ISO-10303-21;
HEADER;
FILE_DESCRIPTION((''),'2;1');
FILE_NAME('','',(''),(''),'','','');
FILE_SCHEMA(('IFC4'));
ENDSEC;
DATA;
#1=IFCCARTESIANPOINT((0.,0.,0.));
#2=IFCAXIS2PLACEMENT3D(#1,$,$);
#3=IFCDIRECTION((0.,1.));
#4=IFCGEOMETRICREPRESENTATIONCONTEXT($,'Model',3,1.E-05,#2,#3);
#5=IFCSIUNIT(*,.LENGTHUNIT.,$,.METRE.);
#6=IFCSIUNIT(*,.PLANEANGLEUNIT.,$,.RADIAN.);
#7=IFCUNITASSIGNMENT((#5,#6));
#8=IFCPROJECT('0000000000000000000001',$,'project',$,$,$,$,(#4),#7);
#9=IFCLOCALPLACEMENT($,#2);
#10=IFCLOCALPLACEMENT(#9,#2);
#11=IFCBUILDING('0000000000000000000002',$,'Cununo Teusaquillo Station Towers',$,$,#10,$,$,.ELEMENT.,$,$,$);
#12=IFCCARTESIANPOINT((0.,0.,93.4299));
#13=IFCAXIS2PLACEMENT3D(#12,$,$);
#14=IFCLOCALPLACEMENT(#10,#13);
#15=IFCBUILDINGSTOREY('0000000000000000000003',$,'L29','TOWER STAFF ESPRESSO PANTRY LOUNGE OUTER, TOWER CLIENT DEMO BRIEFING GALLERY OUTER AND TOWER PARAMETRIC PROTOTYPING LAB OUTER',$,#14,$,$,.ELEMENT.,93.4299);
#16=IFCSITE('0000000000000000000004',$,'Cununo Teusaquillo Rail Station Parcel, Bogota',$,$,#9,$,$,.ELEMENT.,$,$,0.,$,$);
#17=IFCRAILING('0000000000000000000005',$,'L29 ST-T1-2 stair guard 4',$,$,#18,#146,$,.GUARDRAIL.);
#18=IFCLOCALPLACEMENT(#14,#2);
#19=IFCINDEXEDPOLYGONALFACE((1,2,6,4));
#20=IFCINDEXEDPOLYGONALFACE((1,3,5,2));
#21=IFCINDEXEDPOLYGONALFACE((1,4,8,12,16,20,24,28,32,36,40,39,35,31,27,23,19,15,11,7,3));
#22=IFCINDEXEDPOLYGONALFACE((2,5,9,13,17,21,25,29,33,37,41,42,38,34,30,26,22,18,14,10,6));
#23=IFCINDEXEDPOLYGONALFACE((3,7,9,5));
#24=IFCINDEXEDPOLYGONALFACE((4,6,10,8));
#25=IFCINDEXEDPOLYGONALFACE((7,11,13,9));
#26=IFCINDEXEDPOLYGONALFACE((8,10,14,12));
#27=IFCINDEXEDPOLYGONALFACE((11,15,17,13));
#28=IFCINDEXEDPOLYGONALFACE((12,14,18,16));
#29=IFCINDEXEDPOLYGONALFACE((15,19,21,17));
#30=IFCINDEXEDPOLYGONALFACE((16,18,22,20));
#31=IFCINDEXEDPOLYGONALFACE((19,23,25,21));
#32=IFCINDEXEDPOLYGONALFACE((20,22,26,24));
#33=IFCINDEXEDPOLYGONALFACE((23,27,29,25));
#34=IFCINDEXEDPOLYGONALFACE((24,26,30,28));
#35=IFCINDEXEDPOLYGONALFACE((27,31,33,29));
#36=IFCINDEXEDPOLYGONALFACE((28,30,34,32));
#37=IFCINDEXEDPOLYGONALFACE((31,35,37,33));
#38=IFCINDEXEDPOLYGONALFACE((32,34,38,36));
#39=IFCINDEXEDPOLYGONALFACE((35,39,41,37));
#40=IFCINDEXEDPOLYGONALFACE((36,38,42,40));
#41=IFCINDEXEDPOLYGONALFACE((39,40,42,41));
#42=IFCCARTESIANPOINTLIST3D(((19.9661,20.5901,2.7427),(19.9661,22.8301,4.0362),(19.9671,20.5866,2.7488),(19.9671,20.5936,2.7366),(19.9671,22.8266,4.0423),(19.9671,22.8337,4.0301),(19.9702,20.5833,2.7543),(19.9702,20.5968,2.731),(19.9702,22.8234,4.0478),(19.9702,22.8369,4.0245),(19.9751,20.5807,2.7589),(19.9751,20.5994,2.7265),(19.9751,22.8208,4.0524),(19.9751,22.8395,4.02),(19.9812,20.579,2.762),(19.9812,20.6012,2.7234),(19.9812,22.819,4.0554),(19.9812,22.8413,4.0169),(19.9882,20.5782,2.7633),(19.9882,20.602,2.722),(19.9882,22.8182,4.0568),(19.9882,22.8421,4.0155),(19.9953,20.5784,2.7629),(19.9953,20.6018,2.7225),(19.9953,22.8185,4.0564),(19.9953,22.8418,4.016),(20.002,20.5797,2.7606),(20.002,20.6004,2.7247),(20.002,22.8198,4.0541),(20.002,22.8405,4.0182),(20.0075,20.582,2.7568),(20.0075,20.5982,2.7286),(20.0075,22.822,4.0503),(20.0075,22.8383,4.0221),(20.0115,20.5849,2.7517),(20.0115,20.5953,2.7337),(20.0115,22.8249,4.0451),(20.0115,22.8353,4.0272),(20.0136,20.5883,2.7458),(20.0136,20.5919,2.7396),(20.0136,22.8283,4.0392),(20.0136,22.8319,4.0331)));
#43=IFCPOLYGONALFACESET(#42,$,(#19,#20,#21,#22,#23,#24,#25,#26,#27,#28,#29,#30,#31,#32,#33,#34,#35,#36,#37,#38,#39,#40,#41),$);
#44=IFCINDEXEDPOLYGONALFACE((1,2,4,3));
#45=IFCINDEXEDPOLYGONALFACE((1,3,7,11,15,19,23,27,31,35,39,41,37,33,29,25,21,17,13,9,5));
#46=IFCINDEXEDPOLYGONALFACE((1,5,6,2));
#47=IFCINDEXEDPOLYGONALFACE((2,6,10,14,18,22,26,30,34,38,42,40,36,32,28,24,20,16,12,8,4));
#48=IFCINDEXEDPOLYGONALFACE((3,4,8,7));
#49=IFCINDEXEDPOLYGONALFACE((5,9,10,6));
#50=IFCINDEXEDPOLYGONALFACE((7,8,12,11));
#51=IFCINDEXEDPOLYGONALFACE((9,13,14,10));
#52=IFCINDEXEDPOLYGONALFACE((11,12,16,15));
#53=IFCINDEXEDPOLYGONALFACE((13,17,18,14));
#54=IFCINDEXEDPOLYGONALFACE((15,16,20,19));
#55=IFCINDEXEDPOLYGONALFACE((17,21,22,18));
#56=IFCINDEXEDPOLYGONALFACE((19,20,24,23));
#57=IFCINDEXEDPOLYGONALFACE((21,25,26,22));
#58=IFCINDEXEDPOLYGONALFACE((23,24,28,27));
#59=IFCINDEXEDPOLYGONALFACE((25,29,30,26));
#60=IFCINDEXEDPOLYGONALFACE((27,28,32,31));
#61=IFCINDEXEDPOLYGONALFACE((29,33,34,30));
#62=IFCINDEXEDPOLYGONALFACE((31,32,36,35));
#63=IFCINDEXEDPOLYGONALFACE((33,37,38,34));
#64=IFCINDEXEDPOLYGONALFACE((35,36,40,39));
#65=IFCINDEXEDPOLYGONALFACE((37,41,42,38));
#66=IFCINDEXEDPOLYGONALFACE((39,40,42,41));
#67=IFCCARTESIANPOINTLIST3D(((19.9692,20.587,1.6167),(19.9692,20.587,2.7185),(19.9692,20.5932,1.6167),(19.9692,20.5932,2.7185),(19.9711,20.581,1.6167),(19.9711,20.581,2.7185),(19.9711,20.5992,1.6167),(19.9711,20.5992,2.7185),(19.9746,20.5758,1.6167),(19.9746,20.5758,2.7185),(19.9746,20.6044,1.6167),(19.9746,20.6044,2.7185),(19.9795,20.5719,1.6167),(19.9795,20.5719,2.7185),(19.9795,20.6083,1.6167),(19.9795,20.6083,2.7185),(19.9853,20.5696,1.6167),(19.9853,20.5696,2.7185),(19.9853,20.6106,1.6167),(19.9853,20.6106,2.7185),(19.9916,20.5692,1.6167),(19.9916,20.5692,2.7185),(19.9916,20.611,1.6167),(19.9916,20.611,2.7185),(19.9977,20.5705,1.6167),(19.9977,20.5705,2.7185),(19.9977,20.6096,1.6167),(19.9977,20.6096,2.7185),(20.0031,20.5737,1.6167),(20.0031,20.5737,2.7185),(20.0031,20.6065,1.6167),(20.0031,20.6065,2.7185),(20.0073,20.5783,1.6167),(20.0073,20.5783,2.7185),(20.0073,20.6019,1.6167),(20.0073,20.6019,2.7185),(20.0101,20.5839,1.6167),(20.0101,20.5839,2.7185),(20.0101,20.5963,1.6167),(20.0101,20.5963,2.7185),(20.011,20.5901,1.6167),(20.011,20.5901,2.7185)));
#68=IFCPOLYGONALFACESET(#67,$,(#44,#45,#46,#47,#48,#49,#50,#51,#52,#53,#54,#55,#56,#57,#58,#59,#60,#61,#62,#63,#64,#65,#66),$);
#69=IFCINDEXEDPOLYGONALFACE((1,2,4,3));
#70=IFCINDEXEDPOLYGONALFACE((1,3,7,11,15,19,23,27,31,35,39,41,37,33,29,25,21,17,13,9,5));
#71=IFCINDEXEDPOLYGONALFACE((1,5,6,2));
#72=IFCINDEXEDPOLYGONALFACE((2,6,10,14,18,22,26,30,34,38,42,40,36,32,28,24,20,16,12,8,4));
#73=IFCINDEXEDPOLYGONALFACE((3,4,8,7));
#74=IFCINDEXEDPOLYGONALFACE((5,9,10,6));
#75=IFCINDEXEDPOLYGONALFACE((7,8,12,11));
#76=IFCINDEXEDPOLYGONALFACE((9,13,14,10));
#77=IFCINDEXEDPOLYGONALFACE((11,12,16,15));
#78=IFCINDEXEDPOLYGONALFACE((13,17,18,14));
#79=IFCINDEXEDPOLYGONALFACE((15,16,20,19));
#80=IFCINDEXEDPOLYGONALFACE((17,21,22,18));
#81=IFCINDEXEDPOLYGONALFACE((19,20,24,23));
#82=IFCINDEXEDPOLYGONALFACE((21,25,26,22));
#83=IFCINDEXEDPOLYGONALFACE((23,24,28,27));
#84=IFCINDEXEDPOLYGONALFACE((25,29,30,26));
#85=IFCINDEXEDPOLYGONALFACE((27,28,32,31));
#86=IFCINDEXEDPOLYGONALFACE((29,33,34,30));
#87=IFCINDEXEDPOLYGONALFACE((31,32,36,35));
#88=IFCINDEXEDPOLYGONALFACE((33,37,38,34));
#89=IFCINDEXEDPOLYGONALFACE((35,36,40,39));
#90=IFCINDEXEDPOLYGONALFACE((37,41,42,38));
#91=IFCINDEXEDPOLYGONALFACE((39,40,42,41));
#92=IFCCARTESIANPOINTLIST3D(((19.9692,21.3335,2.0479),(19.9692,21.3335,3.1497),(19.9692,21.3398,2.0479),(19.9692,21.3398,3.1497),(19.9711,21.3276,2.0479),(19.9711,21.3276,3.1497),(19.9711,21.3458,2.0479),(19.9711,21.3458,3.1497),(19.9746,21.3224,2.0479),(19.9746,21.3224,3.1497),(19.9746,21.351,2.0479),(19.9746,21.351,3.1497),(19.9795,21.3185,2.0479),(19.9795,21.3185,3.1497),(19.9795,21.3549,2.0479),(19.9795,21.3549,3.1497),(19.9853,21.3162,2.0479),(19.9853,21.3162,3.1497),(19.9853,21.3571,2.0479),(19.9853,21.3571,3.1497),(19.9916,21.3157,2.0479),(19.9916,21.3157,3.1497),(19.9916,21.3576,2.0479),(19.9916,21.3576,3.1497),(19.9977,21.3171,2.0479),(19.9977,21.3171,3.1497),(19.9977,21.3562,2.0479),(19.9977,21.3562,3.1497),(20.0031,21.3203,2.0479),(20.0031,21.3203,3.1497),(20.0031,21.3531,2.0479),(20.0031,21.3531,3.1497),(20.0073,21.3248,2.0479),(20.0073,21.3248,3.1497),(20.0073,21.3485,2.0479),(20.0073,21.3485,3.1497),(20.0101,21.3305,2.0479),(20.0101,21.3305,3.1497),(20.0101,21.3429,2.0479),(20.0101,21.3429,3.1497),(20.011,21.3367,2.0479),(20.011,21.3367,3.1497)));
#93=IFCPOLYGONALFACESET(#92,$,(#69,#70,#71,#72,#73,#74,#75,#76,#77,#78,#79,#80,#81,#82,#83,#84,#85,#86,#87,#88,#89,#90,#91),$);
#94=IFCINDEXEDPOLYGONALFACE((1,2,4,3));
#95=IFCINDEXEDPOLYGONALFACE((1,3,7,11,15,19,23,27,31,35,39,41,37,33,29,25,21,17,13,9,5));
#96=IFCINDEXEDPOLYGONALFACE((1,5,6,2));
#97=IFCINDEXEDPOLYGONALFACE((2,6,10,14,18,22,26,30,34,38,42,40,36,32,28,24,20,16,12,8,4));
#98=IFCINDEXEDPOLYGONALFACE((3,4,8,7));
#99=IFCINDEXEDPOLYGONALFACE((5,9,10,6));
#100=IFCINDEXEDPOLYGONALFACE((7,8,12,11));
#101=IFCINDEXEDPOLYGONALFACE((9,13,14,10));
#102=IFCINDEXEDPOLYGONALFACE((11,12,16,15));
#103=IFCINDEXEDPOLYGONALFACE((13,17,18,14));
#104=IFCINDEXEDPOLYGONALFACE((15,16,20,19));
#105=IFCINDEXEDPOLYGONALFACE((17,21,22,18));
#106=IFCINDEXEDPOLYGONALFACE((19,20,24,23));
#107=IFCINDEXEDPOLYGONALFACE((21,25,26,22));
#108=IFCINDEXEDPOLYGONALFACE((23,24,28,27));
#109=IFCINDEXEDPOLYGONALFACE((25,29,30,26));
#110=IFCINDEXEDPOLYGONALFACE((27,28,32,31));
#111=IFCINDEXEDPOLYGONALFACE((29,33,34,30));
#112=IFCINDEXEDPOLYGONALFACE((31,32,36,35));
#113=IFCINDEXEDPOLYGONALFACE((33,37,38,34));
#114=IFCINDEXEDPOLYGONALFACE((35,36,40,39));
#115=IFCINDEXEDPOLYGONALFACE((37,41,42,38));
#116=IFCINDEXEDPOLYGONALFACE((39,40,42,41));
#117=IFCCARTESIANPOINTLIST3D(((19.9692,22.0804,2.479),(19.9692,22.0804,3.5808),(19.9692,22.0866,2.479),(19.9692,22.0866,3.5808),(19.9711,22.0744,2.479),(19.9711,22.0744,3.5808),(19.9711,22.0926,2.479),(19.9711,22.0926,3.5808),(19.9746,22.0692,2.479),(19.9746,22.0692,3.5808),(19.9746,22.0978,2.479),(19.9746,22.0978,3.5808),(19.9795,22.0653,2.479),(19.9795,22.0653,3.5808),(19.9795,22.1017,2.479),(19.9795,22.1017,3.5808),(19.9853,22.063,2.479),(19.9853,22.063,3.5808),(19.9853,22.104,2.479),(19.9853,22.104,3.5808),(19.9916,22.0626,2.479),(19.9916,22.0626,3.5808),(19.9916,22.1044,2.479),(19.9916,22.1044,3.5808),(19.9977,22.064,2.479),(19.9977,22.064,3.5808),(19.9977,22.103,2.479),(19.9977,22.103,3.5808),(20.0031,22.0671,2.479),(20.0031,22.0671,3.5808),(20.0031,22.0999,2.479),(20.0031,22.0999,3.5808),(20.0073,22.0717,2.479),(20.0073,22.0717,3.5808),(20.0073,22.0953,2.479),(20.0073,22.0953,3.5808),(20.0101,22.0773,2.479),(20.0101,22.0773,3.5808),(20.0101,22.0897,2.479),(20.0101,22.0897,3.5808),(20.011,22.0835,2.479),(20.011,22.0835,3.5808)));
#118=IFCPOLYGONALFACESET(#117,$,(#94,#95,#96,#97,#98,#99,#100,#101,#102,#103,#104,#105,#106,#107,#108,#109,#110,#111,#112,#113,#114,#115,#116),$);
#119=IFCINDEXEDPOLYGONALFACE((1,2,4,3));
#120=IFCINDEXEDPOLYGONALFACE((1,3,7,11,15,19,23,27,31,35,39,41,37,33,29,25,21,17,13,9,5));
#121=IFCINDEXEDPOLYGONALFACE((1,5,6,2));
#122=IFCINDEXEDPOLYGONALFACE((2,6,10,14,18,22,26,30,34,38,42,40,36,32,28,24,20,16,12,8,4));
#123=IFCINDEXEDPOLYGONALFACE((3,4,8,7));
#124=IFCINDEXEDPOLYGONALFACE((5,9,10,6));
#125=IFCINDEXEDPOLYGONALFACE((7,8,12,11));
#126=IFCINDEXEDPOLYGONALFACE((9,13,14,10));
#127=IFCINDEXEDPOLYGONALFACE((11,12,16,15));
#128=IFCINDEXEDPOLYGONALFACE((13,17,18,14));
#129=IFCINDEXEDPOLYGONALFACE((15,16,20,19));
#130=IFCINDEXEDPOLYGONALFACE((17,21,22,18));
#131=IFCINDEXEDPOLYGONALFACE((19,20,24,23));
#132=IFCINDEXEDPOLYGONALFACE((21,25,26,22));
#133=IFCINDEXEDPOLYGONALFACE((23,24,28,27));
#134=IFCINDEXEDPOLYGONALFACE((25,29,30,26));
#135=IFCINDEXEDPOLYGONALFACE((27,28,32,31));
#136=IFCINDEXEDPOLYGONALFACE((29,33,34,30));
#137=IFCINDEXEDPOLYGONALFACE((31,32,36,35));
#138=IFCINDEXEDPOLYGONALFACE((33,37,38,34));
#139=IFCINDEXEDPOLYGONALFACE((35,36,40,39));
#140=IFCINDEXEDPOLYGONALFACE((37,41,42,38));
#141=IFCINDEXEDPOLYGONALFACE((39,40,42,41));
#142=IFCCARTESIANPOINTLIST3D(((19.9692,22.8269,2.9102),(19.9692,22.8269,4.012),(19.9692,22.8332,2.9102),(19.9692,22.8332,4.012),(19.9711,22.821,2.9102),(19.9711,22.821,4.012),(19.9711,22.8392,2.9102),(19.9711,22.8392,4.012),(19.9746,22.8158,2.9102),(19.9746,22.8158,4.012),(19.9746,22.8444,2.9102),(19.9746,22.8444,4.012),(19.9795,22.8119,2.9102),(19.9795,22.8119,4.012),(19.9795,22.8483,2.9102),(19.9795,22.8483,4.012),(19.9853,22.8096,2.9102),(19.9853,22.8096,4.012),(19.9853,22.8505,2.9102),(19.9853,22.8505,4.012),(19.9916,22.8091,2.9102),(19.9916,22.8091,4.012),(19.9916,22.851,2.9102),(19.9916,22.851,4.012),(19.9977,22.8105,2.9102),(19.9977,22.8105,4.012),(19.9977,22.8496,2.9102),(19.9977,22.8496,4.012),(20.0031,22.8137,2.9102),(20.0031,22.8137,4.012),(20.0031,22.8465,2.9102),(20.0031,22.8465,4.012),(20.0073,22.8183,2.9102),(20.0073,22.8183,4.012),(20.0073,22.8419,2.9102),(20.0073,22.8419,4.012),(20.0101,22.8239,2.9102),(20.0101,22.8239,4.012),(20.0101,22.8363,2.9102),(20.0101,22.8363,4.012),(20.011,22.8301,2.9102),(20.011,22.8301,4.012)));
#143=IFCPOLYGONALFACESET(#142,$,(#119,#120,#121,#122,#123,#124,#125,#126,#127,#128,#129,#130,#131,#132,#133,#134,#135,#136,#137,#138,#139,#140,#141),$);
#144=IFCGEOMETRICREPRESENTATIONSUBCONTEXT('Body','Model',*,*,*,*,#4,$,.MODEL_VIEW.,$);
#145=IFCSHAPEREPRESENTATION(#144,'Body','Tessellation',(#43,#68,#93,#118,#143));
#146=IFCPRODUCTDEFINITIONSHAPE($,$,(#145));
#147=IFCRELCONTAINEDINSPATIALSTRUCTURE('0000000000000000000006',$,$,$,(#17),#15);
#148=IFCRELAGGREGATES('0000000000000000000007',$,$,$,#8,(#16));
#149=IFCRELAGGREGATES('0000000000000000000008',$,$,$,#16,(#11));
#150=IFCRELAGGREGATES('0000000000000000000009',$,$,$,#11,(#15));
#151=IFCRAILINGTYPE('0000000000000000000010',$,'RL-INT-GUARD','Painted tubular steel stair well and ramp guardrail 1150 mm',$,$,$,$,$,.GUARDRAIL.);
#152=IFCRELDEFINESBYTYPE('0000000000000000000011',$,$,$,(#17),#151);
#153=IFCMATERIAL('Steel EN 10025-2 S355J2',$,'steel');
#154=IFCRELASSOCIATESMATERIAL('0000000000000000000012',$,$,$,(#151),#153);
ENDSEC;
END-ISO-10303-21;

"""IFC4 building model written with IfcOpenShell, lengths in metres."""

from ifc_helpers import new_model, si_unit, direction, frame, origin, origin_2d, place, context, subcontext, project, spatial, circle, extrude, material, type_object, element, save


model = new_model("IFC4")

# Units and contexts
model_context = context("Model", 3, precision=1e-05, world=origin(), true_north=direction((0.0, 1.0)))
body_context = subcontext(model_context, "Body", "Model", "MODEL_VIEW")
ifc_project = project(units=[si_unit("LENGTHUNIT", "METRE"), si_unit("PLANEANGLEUNIT", "RADIAN")], contexts=[model_context])

# Site, building, storey
site_placement = place(None, origin())
site = spatial("IfcSite", under=ifc_project, at=site_placement, Name="Cununo Teusaquillo Rail Station Parcel, Bogota", CompositionType="ELEMENT", RefElevation=0.0)
building_placement = place(site_placement, origin())
building = spatial("IfcBuilding", under=site, at=building_placement, Name="Cununo Teusaquillo Station Towers", CompositionType="ELEMENT")
storey_placement = place(building_placement, frame((0.0, 0.0, 93.4299)))
storey = spatial("IfcBuildingStorey", under=building, at=storey_placement, Name="L29", Description="TOWER STAFF ESPRESSO PANTRY LOUNGE OUTER, TOWER CLIENT DEMO BRIEFING GALLERY OUTER AND TOWER PARAMETRIC PROTOTYPING LAB OUTER", CompositionType="ELEMENT", Elevation=93.4299)

# Railing
ifc_material_1 = material(Name="Steel EN 10025-2 S355J2", Category="steel")
railing_type_1 = type_object("IfcRailingType", Name="RL-INT-GUARD", Description="Painted tubular steel stair well and ramp guardrail 1150 mm", PredefinedType="GUARDRAIL", material=ifc_material_1)
railing_1_placement = place(storey_placement, frame((19.99, 20.5901, 1.6167)))
element("IfcRailing", 1, at=railing_1_placement, inside=storey, type_object=railing_type_1, Name="L29 ST-T1-2 stair guard 4", PredefinedType="GUARDRAIL", context=body_context, shape_type="SweptSolid", body=[
    extrude(circle(Radius=0.0239, at=origin_2d()), frame((0.0, 0.0, 1.126), z_axis=(0.0, 0.865992, 0.500057), x_axis=(-1.0, 0.0, 0.0)), (0.0, 0.0, 1.0), 2.5867),
    extrude(circle(Radius=0.021, at=origin_2d()), origin(), (0.0, 0.0, 1.0), 1.1018),
    extrude(circle(Radius=0.021, at=origin_2d()), frame((0.0, 0.7466, 0.4312)), (0.0, 0.0, 1.0), 1.1018),
    extrude(circle(Radius=0.021, at=origin_2d()), frame((0.0, 1.4934, 0.8623)), (0.0, 0.0, 1.0), 1.1018),
    extrude(circle(Radius=0.021, at=origin_2d()), frame((0.0, 2.24, 1.2935)), (0.0, 0.0, 1.0), 1.1018),
])

save(model, "model.ifc")
